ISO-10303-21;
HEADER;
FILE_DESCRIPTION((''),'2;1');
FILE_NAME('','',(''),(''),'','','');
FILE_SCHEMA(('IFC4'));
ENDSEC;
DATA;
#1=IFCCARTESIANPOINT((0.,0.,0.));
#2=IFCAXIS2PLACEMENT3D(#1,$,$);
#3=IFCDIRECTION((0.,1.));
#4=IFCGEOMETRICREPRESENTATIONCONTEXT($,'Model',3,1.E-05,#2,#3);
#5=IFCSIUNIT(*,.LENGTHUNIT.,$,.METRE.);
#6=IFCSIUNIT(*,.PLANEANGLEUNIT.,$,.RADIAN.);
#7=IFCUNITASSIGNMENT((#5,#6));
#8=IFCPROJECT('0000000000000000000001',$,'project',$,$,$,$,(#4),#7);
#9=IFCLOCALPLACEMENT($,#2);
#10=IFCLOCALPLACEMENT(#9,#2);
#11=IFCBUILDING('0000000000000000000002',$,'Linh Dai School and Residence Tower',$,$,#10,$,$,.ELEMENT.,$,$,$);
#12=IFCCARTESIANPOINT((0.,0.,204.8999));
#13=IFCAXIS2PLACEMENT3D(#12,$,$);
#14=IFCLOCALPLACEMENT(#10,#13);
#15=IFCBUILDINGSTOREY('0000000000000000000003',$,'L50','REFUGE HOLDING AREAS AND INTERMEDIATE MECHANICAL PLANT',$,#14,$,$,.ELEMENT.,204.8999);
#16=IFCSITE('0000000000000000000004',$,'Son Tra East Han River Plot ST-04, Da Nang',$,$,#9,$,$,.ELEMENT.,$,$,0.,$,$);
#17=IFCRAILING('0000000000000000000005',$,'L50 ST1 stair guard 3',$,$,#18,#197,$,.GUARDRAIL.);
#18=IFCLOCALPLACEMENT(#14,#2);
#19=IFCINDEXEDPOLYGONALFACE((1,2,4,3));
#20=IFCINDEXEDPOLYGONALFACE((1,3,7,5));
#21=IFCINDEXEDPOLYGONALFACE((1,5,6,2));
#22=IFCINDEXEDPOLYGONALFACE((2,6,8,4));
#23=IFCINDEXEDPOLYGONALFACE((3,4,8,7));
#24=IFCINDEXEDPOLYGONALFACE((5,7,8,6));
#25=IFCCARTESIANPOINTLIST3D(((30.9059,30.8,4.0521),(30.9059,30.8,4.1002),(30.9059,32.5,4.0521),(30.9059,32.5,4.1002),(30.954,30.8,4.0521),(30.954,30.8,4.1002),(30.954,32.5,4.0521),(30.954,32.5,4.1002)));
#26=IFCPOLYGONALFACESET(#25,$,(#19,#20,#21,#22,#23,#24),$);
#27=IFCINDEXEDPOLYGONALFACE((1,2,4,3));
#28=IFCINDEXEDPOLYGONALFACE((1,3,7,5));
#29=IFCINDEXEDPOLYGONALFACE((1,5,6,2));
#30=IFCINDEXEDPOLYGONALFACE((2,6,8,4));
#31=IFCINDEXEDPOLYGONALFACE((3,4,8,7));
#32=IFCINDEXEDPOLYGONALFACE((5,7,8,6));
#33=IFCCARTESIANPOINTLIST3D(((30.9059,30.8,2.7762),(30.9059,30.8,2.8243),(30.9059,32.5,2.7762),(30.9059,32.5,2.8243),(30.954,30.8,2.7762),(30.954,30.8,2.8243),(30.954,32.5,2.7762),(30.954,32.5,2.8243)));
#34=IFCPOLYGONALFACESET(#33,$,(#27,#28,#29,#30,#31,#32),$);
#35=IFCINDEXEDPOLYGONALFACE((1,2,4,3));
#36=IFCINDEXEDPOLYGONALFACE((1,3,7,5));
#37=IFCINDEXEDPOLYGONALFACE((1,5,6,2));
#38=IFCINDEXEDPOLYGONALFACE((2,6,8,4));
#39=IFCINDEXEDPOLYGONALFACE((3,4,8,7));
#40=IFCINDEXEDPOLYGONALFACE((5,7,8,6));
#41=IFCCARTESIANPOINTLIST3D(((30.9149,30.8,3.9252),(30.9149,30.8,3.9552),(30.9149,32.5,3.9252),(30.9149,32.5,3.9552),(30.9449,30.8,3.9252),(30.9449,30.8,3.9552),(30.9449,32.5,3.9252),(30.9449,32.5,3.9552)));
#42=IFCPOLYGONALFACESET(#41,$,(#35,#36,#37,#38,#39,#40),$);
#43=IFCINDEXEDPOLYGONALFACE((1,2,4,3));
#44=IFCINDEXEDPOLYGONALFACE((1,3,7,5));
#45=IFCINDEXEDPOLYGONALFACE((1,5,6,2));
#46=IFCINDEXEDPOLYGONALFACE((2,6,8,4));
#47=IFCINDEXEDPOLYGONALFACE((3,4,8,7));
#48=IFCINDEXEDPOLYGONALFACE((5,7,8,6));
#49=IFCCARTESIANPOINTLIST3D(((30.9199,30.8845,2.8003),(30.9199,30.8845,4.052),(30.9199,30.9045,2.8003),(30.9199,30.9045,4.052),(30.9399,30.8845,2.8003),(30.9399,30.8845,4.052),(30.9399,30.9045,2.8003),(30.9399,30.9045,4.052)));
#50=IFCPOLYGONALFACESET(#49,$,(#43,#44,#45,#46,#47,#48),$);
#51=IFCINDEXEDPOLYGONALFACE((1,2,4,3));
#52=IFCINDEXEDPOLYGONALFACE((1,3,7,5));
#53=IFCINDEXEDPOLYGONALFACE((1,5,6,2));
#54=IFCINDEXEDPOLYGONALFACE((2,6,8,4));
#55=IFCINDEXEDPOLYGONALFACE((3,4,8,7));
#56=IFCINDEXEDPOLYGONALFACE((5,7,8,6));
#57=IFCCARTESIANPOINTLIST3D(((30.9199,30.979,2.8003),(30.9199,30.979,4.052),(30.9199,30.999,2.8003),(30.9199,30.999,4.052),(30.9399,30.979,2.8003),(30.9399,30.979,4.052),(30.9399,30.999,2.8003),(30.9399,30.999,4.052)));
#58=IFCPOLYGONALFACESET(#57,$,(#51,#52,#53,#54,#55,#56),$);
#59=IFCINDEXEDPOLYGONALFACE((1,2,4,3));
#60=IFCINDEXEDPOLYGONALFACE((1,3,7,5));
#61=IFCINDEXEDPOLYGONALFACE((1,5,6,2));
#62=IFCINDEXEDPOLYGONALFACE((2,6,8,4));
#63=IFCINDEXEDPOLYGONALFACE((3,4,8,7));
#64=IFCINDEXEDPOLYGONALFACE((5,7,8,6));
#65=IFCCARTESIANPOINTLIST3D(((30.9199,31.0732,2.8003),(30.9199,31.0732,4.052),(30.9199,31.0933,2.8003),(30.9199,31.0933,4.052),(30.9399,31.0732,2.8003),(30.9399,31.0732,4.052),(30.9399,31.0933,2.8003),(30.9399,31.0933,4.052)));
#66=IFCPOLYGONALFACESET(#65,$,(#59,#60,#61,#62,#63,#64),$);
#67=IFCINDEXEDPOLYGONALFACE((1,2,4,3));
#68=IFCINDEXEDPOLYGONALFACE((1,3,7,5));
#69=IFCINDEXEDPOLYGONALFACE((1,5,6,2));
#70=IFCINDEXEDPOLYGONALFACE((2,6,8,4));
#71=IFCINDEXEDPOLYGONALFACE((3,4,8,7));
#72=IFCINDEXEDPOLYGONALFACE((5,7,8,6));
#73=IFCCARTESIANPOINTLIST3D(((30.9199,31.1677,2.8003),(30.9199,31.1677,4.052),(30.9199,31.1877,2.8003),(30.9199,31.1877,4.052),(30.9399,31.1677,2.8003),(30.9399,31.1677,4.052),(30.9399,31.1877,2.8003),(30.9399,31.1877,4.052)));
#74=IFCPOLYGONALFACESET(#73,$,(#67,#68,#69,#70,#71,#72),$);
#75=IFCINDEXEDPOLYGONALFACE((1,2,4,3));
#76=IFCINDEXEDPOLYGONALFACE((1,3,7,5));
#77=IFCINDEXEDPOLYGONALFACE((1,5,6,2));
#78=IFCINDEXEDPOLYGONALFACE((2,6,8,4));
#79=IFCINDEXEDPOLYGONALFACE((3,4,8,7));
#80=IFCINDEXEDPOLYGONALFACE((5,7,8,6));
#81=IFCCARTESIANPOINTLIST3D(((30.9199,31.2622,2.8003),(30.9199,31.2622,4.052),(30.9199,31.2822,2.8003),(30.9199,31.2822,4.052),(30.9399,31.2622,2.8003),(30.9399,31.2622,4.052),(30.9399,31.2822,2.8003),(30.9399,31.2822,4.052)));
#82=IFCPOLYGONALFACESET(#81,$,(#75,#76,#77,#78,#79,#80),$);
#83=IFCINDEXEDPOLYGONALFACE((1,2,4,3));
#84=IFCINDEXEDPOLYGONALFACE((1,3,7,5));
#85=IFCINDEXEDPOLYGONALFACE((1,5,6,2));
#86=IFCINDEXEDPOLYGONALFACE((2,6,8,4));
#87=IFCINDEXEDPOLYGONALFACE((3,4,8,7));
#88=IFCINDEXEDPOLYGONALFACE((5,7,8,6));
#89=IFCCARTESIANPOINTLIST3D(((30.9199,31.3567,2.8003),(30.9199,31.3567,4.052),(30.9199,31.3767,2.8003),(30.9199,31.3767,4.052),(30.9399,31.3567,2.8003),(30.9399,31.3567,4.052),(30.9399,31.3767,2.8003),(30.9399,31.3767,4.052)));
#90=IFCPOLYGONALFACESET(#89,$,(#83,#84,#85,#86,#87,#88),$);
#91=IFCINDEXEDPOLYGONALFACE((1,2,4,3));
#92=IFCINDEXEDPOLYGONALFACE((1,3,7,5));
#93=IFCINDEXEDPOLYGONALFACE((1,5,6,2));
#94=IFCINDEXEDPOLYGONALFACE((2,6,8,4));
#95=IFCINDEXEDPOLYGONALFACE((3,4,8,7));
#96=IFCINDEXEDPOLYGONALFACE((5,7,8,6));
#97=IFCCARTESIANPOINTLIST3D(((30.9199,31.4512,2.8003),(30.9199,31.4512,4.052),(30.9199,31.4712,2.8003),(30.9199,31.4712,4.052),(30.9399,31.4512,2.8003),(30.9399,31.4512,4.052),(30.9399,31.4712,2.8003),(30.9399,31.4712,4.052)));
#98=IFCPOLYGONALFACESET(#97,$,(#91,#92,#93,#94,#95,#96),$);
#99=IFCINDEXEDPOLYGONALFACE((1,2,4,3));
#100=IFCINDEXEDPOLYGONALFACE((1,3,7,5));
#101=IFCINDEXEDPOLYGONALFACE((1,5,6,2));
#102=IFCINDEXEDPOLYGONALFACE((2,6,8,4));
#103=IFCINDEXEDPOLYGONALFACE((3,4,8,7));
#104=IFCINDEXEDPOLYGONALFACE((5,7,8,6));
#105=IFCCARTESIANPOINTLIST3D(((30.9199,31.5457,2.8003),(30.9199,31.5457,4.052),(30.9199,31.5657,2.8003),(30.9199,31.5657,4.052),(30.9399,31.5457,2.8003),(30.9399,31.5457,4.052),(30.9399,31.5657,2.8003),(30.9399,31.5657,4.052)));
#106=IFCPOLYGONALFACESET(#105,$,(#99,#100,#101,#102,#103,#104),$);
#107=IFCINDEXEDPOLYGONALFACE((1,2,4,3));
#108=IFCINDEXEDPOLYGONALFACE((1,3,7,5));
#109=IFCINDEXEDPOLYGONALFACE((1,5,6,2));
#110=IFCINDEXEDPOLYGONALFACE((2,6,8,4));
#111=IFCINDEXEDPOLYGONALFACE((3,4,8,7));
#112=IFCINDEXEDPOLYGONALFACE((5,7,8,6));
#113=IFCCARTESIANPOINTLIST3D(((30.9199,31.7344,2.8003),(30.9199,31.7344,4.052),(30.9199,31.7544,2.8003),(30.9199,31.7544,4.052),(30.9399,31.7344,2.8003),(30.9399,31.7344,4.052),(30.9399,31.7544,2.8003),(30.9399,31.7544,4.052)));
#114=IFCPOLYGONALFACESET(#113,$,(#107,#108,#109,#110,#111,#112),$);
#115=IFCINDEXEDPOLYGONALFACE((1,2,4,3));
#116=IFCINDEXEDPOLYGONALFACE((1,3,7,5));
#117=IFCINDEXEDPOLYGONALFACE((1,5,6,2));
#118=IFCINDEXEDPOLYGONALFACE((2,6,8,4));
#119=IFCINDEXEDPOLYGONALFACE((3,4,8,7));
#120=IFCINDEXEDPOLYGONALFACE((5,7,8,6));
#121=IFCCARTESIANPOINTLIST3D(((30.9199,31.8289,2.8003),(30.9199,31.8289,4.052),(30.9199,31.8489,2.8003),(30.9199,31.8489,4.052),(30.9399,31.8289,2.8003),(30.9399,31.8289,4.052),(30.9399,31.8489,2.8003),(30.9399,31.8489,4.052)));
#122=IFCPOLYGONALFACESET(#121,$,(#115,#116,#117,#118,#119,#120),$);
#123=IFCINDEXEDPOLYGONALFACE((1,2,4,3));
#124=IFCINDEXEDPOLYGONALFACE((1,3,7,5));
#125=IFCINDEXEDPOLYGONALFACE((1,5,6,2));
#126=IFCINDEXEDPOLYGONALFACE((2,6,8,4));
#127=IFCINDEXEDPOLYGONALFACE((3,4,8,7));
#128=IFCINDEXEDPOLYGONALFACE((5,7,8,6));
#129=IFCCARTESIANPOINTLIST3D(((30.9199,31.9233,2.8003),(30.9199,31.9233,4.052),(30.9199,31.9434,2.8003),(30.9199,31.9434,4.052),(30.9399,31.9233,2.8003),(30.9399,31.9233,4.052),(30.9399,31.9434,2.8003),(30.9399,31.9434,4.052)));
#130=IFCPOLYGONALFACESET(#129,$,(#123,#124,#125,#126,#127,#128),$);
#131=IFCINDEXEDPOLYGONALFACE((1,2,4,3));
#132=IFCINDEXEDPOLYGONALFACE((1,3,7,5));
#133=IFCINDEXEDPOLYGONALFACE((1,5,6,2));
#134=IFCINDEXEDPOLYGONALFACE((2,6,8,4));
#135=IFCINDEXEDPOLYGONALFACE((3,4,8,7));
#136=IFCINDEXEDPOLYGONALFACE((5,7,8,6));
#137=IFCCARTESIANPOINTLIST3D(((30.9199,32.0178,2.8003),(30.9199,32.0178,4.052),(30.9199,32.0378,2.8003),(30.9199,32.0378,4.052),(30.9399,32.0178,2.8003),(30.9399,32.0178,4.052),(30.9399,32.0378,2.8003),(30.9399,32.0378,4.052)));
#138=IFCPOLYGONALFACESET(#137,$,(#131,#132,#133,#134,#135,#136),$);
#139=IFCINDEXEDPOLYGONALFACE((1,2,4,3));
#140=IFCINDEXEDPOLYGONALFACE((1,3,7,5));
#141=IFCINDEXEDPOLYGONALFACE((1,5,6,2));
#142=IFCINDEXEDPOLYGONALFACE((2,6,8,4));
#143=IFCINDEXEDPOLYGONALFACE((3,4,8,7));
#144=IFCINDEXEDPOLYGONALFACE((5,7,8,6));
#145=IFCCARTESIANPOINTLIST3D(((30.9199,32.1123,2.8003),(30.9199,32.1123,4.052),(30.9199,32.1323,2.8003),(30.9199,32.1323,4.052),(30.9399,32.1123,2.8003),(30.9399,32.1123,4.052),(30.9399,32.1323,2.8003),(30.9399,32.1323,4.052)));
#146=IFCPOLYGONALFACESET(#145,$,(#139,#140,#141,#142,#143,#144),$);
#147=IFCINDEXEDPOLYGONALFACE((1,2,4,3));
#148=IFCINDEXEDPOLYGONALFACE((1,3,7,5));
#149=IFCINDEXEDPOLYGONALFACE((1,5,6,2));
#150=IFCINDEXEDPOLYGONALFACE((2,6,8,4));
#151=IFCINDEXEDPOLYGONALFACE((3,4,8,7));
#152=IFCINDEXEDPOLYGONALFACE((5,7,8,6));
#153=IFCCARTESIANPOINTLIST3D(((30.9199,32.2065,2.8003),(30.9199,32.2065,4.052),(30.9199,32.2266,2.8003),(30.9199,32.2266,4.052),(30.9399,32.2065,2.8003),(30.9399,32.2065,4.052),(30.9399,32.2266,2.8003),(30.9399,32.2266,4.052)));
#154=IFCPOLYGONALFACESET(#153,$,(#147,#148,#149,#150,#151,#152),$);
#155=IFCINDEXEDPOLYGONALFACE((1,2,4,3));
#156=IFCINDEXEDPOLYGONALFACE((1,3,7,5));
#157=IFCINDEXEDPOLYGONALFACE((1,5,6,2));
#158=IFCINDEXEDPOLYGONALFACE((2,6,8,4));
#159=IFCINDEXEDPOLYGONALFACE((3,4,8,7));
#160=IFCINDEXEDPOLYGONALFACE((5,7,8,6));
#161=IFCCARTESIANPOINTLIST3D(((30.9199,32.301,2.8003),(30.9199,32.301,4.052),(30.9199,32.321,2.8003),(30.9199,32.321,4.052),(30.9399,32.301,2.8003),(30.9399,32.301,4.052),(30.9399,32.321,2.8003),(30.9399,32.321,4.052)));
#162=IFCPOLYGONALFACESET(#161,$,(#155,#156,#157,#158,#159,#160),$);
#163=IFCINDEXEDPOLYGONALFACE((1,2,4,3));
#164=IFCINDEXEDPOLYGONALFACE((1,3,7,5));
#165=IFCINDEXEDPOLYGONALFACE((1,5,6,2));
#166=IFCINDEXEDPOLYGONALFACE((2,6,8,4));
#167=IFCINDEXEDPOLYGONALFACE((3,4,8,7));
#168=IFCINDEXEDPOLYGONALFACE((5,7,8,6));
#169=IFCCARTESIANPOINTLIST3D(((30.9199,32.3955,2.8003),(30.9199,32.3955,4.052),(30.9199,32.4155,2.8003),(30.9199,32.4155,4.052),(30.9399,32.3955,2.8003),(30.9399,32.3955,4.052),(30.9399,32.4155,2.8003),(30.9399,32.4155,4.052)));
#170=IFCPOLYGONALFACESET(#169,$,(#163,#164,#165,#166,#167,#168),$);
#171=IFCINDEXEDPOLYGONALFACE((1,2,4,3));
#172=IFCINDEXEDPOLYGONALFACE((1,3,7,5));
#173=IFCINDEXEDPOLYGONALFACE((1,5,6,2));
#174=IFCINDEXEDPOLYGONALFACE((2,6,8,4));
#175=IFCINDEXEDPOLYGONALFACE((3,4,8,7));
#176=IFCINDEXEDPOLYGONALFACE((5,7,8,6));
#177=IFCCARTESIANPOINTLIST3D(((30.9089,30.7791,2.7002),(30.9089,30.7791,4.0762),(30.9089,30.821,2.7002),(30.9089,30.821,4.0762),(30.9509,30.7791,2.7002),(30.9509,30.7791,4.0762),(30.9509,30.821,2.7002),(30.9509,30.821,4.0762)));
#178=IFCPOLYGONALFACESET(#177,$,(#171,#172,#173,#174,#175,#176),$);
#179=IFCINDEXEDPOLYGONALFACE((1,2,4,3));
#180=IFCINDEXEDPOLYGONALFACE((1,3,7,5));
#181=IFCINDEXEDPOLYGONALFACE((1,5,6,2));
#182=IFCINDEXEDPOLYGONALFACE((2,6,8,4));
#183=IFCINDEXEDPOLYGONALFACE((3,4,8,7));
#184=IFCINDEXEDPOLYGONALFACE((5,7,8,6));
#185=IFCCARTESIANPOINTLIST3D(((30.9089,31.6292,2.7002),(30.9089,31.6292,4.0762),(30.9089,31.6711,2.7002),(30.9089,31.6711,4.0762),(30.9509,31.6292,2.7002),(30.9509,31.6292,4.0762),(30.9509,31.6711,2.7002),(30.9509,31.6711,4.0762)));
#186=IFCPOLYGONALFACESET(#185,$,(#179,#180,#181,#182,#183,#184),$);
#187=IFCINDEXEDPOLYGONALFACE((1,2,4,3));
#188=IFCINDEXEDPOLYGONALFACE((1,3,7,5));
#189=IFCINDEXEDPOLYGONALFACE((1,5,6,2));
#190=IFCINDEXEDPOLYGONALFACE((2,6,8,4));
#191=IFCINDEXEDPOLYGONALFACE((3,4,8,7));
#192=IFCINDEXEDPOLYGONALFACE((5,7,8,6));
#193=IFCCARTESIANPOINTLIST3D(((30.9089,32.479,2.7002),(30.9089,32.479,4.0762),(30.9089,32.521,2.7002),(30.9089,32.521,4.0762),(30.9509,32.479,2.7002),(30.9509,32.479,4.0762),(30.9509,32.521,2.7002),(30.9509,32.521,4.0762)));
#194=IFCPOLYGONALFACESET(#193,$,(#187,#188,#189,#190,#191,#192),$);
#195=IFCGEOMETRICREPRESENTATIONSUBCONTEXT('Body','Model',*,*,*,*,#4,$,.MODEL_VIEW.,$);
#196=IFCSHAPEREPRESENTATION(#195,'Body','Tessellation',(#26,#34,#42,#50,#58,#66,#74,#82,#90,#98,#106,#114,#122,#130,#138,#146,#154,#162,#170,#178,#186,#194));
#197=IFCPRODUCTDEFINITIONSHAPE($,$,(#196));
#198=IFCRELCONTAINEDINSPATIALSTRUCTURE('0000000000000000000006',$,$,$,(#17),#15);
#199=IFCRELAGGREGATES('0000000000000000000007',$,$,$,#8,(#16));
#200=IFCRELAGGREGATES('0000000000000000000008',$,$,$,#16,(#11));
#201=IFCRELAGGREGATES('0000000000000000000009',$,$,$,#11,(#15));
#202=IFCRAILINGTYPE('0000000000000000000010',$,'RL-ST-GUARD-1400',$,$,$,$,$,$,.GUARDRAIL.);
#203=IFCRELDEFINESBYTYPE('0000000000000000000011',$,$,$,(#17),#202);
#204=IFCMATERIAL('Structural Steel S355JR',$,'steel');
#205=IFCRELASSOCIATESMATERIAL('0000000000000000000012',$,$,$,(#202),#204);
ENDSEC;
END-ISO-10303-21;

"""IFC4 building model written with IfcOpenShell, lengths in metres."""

from ifc_helpers import new_model, si_unit, direction, frame, origin, origin_2d, place, context, subcontext, project, spatial, rectangle, extrude, source, transform, mapped, material, type_object, element, save


model = new_model("IFC4")

# Units and contexts
model_context = context("Model", 3, precision=1e-05, world=origin(), true_north=direction((0.0, 1.0)))
body_context = subcontext(model_context, "Body", "Model", "MODEL_VIEW")
ifc_project = project(units=[si_unit("LENGTHUNIT", "METRE"), si_unit("PLANEANGLEUNIT", "RADIAN")], contexts=[model_context])

# Site, building, storey
site_placement = place(None, origin())
site = spatial("IfcSite", under=ifc_project, at=site_placement, Name="Son Tra East Han River Plot ST-04, Da Nang", CompositionType="ELEMENT", RefElevation=0.0)
building_placement = place(site_placement, origin())
building = spatial("IfcBuilding", under=site, at=building_placement, Name="Linh Dai School and Residence Tower", CompositionType="ELEMENT")
storey_placement = place(building_placement, frame((0.0, 0.0, 204.8999)))
storey = spatial("IfcBuildingStorey", under=building, at=storey_placement, Name="L50", Description="REFUGE HOLDING AREAS AND INTERMEDIATE MECHANICAL PLANT", CompositionType="ELEMENT", Elevation=204.8999)

# Shared definitions
ifc_material_1 = material(Name="Structural Steel S355JR", Category="steel")

# Railing
railing_type_1 = type_object("IfcRailingType", Name="RL-ST-GUARD-1400", PredefinedType="GUARDRAIL", material=ifc_material_1)
shared_shape_1 = source(origin(), body_context, "Body", "SweptSolid", [
    extrude(rectangle(XDim=0.0481, YDim=0.0481, at=origin_2d()), frame((0.0, 0.0, 1.376), z_axis=(0.0, 1.0, 0.0), x_axis=(-1.0, 0.0, 0.0)), (0.0, 0.0, 1.0), 1.7),
    extrude(rectangle(XDim=0.0481, YDim=0.0481, at=origin_2d()), frame((0.0, 0.0, 0.1001), z_axis=(0.0, 1.0, 0.0), x_axis=(-1.0, 0.0, 0.0)), (0.0, 0.0, 1.0), 1.7),
    extrude(rectangle(XDim=0.03, YDim=0.03, at=origin_2d()), frame((0.0, 0.0, 1.24), z_axis=(0.0, 1.0, 0.0), x_axis=(-1.0, 0.0, 0.0)), (0.0, 0.0, 1.0), 1.7),
    extrude(rectangle(XDim=0.02, YDim=0.02, at=origin_2d()), frame((0.0, 0.0945, 0.1001)), (0.0, 0.0, 1.0), 1.2517),
    extrude(rectangle(XDim=0.02, YDim=0.02, at=origin_2d()), frame((0.0, 0.189, 0.1001)), (0.0, 0.0, 1.0), 1.2517),
    extrude(rectangle(XDim=0.02, YDim=0.02, at=origin_2d()), frame((0.0, 0.2832, 0.1001)), (0.0, 0.0, 1.0), 1.2517),
    extrude(rectangle(XDim=0.02, YDim=0.02, at=origin_2d()), frame((0.0, 0.3777, 0.1001)), (0.0, 0.0, 1.0), 1.2517),
    extrude(rectangle(XDim=0.02, YDim=0.02, at=origin_2d()), frame((0.0, 0.4722, 0.1001)), (0.0, 0.0, 1.0), 1.2517),
    extrude(rectangle(XDim=0.02, YDim=0.02, at=origin_2d()), frame((0.0, 0.5667, 0.1001)), (0.0, 0.0, 1.0), 1.2517),
    extrude(rectangle(XDim=0.02, YDim=0.02, at=origin_2d()), frame((0.0, 0.6611, 0.1001)), (0.0, 0.0, 1.0), 1.2517),
    extrude(rectangle(XDim=0.02, YDim=0.02, at=origin_2d()), frame((0.0, 0.7556, 0.1001)), (0.0, 0.0, 1.0), 1.2517),
    extrude(rectangle(XDim=0.02, YDim=0.02, at=origin_2d()), frame((0.0, 0.9443, 0.1001)), (0.0, 0.0, 1.0), 1.2517),
    extrude(rectangle(XDim=0.02, YDim=0.02, at=origin_2d()), frame((0.0, 1.0388, 0.1001)), (0.0, 0.0, 1.0), 1.2517),
    extrude(rectangle(XDim=0.02, YDim=0.02, at=origin_2d()), frame((0.0, 1.1333, 0.1001)), (0.0, 0.0, 1.0), 1.2517),
    extrude(rectangle(XDim=0.02, YDim=0.02, at=origin_2d()), frame((0.0, 1.2278, 0.1001)), (0.0, 0.0, 1.0), 1.2517),
    extrude(rectangle(XDim=0.02, YDim=0.02, at=origin_2d()), frame((0.0, 1.3223, 0.1001)), (0.0, 0.0, 1.0), 1.2517),
    extrude(rectangle(XDim=0.02, YDim=0.02, at=origin_2d()), frame((0.0, 1.4165, 0.1001)), (0.0, 0.0, 1.0), 1.2517),
    extrude(rectangle(XDim=0.02, YDim=0.02, at=origin_2d()), frame((0.0, 1.511, 0.1001)), (0.0, 0.0, 1.0), 1.2517),
    extrude(rectangle(XDim=0.02, YDim=0.02, at=origin_2d()), frame((0.0, 1.6055, 0.1001)), (0.0, 0.0, 1.0), 1.2517),
    extrude(rectangle(XDim=0.042, YDim=0.042, at=origin_2d()), origin(), (0.0, 0.0, 1.0), 1.376),
    extrude(rectangle(XDim=0.042, YDim=0.042, at=origin_2d()), frame((0.0, 0.8501, 0.0)), (0.0, 0.0, 1.0), 1.376),
    extrude(rectangle(XDim=0.042, YDim=0.042, at=origin_2d()), frame((0.0, 1.7, 0.0)), (0.0, 0.0, 1.0), 1.376),
])
for number, where, name in (
    (1, (30.9299, 30.8, 2.7002), "L50 ST1 stair guard 3"),
):
    element("IfcRailing", number, at=place(storey_placement, frame(where)), inside=storey, type_object=railing_type_1, Name=name, PredefinedType="GUARDRAIL", context=body_context, shape_type="MappedRepresentation", body=[
        mapped(shared_shape_1, transform((0.0, 0.0, 0.0), x_axis=(1.0, 0.0, 0.0), y_axis=(0.0, 1.0, 0.0), z_axis=(0.0, 0.0, 1.0), scale=1.0)),
    ])

save(model, "model.ifc")
